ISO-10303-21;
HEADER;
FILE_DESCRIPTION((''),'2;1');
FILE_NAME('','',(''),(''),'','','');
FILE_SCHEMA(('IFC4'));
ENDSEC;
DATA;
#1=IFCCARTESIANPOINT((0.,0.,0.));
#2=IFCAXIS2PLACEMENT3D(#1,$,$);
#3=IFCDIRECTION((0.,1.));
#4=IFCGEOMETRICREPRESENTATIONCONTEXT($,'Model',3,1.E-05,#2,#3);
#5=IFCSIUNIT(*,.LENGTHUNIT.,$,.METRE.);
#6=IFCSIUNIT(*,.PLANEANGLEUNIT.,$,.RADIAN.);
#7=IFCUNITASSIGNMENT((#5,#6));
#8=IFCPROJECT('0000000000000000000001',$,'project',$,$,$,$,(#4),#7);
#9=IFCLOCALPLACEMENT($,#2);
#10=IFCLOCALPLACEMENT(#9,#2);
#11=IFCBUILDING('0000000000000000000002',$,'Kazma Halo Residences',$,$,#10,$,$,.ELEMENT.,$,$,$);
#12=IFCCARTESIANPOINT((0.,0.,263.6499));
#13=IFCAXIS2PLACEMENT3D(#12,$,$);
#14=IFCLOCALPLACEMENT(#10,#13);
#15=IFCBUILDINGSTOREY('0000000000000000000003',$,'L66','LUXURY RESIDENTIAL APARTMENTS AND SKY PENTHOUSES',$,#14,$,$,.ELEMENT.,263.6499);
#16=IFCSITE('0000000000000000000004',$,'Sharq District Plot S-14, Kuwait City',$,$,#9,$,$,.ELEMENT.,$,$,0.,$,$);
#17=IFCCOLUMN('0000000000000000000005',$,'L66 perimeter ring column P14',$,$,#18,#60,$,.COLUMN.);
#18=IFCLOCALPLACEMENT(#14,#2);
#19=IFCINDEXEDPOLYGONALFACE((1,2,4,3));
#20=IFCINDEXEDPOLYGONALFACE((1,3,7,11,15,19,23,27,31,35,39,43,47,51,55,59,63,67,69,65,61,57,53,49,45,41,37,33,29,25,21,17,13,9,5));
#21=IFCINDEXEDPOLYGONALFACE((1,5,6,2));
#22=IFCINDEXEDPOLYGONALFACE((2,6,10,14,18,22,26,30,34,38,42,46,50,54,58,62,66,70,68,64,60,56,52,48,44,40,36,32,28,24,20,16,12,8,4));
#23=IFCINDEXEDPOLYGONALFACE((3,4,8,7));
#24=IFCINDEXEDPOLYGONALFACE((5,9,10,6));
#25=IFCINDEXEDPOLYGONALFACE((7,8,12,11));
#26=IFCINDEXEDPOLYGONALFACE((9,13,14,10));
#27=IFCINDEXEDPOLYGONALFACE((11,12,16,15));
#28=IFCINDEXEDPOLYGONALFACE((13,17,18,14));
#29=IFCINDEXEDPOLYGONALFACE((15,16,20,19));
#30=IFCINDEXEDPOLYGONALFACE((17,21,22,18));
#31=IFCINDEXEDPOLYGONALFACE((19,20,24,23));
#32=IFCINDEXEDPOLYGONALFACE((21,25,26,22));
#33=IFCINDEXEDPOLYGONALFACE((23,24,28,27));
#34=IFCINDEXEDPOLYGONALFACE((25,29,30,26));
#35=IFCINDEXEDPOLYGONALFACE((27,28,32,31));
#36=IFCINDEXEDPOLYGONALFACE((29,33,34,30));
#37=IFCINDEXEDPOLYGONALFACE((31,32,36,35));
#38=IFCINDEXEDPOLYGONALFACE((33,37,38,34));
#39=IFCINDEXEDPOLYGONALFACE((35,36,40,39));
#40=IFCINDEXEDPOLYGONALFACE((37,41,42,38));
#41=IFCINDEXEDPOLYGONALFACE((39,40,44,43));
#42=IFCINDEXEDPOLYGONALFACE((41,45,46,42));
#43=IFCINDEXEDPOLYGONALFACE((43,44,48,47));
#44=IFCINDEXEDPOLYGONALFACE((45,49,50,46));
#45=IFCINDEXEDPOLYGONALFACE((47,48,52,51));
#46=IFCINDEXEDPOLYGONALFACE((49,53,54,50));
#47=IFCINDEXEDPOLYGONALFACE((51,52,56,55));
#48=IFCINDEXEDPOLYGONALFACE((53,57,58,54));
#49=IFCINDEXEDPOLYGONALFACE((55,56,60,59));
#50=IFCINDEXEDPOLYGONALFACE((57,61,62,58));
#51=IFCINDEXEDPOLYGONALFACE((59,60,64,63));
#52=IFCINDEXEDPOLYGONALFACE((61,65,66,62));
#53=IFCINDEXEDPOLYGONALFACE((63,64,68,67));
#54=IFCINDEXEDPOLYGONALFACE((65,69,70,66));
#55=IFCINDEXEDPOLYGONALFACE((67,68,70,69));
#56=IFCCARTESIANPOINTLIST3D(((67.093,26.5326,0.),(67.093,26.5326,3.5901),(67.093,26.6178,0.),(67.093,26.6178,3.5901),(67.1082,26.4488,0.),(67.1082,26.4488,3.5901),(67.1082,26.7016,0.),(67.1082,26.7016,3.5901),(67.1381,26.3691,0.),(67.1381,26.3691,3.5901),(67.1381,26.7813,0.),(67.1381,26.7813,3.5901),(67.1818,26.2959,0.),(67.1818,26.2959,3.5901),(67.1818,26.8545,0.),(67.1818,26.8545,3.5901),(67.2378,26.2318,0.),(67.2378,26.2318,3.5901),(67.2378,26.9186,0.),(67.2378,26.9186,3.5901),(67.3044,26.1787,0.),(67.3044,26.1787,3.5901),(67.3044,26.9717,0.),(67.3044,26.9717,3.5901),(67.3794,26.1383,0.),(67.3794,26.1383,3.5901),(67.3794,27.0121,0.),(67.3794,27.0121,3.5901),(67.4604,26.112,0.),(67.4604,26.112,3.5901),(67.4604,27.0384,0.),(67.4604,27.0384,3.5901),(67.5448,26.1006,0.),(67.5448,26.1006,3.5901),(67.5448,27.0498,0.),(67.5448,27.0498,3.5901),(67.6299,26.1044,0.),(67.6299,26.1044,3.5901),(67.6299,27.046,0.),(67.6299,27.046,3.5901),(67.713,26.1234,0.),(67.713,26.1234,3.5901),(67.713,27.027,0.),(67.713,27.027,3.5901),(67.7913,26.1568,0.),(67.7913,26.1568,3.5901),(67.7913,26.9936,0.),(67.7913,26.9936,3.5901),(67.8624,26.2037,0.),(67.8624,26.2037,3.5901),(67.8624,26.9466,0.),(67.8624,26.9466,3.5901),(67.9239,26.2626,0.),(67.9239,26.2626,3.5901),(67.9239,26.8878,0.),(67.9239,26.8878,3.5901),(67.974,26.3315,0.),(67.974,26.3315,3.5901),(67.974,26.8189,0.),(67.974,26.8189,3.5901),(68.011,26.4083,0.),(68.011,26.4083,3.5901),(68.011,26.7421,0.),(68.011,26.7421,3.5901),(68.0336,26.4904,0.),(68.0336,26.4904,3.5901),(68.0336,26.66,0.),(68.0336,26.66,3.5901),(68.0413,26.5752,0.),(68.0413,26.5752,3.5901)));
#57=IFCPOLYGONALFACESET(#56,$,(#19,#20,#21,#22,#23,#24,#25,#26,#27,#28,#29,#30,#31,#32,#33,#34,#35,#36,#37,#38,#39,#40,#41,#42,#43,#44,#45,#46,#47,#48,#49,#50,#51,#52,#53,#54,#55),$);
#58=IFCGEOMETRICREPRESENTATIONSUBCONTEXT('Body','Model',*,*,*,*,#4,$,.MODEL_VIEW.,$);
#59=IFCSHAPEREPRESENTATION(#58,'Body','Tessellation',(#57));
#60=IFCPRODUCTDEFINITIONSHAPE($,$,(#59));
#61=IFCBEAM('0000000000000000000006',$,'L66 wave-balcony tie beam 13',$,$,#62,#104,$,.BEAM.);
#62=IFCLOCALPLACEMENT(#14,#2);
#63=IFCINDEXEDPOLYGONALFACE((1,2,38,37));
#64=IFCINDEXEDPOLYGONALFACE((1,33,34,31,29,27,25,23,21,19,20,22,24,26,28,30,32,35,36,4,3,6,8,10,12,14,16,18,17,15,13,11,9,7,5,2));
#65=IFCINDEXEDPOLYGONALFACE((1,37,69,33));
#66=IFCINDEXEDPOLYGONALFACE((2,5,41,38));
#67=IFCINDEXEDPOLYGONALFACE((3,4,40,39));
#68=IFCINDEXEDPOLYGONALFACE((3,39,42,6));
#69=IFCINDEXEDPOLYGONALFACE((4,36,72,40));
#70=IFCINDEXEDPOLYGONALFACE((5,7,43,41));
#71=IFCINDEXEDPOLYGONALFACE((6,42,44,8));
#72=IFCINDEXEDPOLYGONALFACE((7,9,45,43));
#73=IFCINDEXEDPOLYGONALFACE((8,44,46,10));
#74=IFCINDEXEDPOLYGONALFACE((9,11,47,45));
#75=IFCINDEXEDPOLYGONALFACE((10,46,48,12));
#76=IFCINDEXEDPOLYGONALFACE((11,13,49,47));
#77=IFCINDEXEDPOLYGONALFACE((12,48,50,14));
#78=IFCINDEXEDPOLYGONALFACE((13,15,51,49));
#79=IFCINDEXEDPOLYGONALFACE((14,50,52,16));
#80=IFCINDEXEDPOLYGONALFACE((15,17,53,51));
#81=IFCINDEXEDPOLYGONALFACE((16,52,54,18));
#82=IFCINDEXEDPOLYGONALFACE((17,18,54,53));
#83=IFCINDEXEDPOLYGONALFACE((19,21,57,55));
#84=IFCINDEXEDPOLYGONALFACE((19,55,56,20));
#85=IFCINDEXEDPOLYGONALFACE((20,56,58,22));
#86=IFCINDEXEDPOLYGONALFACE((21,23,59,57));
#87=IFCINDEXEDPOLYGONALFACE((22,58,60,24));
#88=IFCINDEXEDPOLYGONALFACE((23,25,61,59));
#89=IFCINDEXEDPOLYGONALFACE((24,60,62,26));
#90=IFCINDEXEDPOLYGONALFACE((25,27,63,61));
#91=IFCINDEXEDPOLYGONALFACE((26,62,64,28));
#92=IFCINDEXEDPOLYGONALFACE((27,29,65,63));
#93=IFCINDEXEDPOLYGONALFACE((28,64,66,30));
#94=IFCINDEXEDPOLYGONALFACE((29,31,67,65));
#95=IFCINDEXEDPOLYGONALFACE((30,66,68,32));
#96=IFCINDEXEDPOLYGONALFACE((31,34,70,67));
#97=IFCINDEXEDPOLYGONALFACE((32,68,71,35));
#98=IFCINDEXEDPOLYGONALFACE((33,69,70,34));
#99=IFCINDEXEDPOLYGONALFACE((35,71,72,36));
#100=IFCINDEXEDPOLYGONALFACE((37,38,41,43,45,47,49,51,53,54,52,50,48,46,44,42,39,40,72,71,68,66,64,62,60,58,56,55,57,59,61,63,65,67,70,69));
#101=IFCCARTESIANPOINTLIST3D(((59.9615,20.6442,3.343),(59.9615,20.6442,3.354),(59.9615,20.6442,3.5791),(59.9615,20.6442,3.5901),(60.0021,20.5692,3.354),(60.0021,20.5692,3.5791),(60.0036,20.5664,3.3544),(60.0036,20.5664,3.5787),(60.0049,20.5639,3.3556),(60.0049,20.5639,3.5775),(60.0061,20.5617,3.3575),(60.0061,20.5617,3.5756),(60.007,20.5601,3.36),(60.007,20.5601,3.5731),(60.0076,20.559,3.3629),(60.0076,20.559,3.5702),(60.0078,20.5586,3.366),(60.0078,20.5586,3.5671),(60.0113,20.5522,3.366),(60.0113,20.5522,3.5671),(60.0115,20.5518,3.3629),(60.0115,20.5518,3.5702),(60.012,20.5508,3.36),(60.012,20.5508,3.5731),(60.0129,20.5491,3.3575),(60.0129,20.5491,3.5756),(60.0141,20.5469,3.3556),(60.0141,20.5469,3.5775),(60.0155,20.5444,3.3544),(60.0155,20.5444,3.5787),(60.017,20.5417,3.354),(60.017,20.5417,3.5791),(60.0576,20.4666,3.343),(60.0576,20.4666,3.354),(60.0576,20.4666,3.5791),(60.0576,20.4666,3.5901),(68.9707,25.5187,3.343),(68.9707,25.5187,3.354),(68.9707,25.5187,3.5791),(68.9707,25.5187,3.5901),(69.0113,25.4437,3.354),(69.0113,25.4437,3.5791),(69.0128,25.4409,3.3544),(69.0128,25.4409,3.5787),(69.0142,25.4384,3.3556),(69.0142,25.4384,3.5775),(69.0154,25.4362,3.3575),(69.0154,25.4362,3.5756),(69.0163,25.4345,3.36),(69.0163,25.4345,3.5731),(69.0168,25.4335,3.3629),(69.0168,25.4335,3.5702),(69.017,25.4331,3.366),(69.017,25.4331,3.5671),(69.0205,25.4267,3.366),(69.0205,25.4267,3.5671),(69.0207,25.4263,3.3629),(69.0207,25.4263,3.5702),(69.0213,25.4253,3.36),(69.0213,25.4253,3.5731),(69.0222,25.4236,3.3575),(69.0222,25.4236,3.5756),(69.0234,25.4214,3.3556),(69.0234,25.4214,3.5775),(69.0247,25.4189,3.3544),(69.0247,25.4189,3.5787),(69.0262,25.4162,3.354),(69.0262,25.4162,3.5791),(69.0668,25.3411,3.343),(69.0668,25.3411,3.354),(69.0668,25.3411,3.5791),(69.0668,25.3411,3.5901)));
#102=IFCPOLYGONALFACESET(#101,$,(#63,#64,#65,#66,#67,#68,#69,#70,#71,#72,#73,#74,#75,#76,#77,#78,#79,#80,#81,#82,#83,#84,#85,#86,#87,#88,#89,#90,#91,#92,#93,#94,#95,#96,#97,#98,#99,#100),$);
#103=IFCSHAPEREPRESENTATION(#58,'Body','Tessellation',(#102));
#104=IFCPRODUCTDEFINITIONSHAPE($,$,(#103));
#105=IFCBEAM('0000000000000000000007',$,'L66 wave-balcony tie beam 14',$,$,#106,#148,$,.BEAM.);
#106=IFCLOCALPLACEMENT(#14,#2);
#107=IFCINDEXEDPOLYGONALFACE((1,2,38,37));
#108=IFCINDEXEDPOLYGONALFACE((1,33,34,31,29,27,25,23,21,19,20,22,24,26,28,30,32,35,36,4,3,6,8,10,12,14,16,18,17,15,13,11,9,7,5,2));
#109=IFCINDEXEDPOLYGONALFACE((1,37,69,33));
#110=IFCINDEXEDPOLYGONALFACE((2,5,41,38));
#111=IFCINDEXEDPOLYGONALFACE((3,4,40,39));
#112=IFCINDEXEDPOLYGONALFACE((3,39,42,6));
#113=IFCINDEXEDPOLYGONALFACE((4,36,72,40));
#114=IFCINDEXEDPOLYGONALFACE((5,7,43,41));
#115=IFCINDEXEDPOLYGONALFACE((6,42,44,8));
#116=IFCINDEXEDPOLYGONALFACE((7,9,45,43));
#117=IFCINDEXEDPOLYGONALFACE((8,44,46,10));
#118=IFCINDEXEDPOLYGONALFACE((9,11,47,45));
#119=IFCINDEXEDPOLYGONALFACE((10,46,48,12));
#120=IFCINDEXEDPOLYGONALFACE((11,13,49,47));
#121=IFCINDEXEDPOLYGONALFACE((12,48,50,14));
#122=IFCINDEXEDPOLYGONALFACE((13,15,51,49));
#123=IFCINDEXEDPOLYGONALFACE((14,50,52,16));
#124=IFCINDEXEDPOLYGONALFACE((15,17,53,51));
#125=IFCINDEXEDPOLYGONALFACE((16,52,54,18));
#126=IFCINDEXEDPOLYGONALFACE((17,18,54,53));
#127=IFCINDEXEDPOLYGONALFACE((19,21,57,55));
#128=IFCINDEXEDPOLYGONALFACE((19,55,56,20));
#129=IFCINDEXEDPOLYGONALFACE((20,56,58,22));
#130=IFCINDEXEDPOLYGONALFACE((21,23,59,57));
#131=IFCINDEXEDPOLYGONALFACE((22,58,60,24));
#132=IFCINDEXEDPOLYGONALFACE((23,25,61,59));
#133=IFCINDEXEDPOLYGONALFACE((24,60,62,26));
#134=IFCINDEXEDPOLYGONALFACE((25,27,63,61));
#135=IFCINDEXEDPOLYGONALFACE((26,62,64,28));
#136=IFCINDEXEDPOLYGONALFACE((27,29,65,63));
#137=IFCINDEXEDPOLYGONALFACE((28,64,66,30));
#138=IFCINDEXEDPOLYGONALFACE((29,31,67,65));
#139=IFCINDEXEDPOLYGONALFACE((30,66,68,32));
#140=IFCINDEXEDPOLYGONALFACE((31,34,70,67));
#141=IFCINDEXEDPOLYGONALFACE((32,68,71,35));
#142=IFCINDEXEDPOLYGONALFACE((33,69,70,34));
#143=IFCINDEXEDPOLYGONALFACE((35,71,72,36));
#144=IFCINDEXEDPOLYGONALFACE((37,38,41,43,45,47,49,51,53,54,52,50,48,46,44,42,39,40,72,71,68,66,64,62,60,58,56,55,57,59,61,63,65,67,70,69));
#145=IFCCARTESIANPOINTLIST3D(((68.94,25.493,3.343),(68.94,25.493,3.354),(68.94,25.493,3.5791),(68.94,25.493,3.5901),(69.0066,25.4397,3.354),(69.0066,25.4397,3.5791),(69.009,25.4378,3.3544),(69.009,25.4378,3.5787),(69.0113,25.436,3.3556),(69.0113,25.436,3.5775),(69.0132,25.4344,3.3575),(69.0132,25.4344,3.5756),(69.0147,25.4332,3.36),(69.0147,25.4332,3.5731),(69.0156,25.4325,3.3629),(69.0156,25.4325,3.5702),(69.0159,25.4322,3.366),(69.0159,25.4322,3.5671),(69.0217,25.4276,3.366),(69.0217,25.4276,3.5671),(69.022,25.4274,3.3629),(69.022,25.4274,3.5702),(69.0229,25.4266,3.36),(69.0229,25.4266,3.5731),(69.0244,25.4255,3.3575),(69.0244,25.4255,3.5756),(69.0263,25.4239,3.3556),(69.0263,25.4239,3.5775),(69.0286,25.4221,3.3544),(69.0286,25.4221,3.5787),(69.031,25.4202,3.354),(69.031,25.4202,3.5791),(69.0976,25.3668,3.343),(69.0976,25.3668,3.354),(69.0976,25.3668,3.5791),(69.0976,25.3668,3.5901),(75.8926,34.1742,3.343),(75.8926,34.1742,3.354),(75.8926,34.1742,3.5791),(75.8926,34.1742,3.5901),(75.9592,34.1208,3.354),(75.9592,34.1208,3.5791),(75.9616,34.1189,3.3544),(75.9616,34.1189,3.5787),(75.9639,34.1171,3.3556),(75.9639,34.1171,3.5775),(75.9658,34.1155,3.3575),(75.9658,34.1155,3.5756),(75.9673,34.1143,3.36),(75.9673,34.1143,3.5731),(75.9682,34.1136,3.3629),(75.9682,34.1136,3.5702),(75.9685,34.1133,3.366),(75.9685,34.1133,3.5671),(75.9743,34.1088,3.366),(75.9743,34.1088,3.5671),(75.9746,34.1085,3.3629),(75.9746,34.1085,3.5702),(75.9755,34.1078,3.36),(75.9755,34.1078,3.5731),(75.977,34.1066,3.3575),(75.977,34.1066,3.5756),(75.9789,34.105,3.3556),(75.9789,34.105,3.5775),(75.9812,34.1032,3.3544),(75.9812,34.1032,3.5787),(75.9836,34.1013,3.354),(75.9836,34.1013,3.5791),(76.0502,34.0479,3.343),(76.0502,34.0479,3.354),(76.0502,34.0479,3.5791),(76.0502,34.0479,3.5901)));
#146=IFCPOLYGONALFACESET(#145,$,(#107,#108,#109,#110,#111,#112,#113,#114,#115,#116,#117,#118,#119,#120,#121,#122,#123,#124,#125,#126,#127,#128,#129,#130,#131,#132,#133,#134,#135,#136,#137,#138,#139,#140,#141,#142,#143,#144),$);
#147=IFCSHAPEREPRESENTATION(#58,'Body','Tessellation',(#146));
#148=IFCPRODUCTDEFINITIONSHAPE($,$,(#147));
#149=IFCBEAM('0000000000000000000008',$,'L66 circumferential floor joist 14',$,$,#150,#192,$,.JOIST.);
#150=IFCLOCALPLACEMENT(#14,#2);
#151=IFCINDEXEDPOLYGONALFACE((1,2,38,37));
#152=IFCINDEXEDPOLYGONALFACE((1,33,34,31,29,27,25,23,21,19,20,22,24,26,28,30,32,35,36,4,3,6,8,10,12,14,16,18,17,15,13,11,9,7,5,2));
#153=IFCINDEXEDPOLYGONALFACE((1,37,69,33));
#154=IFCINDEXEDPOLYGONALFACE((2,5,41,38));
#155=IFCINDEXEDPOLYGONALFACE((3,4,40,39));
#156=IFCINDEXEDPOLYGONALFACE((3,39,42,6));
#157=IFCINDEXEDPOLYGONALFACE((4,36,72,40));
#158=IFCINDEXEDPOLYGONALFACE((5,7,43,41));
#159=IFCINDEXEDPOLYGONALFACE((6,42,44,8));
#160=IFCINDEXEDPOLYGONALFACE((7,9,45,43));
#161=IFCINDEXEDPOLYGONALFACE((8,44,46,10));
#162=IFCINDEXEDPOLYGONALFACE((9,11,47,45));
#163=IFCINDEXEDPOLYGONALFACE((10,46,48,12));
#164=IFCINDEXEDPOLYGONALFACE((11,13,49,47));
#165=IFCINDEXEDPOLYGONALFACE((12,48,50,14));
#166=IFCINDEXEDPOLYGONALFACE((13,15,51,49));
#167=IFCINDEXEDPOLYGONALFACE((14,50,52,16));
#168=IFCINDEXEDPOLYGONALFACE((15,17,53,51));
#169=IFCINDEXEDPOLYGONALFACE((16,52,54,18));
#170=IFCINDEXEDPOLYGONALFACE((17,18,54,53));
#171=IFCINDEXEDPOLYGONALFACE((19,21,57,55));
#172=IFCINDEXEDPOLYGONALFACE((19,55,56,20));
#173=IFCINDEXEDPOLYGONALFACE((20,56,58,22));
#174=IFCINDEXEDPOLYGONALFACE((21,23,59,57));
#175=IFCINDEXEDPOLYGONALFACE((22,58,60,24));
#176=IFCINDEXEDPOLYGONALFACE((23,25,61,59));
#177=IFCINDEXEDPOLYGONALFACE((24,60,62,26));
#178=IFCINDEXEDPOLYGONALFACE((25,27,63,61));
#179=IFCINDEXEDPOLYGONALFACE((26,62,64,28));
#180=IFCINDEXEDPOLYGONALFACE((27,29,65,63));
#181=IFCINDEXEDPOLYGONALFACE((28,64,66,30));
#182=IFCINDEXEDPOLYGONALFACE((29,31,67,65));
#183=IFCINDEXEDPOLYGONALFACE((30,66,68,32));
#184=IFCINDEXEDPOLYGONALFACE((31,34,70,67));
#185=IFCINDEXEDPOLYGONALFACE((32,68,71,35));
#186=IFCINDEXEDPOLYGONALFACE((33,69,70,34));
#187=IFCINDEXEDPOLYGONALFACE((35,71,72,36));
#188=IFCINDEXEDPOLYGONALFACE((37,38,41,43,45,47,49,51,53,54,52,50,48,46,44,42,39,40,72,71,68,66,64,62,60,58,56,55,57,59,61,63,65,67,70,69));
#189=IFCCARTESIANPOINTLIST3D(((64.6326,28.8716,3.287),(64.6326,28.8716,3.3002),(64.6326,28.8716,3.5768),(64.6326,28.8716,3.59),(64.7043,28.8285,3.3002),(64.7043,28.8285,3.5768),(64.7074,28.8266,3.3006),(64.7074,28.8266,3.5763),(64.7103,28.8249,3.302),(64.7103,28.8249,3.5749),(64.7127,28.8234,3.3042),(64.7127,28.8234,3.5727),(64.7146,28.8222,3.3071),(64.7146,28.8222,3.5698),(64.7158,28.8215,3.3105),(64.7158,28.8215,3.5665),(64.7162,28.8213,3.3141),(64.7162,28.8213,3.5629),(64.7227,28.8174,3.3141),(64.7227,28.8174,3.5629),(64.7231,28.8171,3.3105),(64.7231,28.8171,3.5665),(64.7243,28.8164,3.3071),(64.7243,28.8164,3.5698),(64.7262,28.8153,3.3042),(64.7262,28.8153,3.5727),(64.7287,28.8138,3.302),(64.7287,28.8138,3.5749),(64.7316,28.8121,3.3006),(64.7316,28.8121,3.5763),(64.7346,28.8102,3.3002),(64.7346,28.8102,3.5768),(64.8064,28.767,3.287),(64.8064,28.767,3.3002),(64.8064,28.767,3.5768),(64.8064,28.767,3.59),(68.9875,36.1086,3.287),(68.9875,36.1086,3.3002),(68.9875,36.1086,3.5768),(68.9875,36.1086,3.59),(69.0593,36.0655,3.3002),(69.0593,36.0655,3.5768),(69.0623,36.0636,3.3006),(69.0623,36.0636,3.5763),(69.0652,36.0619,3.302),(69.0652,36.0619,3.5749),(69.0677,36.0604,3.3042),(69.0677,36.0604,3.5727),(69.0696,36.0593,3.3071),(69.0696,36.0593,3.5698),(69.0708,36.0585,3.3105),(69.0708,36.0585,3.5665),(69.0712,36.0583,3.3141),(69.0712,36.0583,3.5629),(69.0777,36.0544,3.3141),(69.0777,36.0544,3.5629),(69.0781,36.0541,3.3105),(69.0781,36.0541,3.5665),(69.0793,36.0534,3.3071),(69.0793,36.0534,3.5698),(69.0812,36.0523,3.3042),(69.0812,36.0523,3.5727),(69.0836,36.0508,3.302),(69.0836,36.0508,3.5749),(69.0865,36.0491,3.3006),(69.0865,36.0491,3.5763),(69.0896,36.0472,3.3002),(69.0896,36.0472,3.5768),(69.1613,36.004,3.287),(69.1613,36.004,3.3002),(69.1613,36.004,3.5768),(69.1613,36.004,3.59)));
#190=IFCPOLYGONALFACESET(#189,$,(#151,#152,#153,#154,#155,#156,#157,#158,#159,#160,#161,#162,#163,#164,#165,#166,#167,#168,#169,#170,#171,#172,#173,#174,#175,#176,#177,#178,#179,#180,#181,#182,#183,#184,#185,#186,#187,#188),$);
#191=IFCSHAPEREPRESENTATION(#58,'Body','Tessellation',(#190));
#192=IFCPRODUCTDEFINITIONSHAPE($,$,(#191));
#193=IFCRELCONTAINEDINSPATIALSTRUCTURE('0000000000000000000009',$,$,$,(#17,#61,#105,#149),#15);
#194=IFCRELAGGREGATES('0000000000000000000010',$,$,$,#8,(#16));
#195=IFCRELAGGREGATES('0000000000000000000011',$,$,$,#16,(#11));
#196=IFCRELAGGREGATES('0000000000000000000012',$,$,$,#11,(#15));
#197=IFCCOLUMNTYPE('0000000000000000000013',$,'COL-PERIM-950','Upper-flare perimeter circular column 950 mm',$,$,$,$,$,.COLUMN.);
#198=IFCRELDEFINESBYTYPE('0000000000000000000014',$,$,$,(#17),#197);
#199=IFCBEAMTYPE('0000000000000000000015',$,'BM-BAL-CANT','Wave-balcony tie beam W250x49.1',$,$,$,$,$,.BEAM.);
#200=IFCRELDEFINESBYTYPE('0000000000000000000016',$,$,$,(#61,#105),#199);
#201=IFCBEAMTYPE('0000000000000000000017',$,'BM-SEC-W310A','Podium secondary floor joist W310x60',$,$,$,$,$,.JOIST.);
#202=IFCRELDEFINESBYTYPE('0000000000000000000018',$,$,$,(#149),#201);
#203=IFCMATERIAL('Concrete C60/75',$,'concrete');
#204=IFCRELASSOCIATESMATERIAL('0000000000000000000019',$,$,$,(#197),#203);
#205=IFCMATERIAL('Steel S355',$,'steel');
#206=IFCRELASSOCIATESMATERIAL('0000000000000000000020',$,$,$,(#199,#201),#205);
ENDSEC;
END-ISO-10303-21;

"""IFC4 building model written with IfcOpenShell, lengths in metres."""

from ifc_helpers import new_model, si_unit, direction, frame, origin, origin_2d, place, context, subcontext, project, spatial, circle, i_section, extrude, material, material_profile, profile_set, type_object, element, save


model = new_model("IFC4")

# Units and contexts
model_context = context("Model", 3, precision=1e-05, world=origin(), true_north=direction((0.0, 1.0)))
body_context = subcontext(model_context, "Body", "Model", "MODEL_VIEW")
ifc_project = project(units=[si_unit("LENGTHUNIT", "METRE"), si_unit("PLANEANGLEUNIT", "RADIAN")], contexts=[model_context])

# Site, building, storey
site_placement = place(None, origin())
site = spatial("IfcSite", under=ifc_project, at=site_placement, Name="Sharq District Plot S-14, Kuwait City", CompositionType="ELEMENT", RefElevation=0.0)
building_placement = place(site_placement, origin())
building = spatial("IfcBuilding", under=site, at=building_placement, Name="Kazma Halo Residences", CompositionType="ELEMENT")
storey_placement = place(building_placement, frame((0.0, 0.0, 263.6499)))
storey = spatial("IfcBuildingStorey", under=building, at=storey_placement, Name="L66", Description="LUXURY RESIDENTIAL APARTMENTS AND SKY PENTHOUSES", CompositionType="ELEMENT", Elevation=263.6499)

# Column
ifc_material_1 = material(Name="Concrete C60/75", Category="concrete")
ifc_material_profile_1 = material_profile(ifc_material_1, circle(Radius=0.4751, at=origin_2d()), Name="CIRC950")
ifc_profile_set_1 = profile_set([ifc_material_profile_1], Name="Concrete C60/75")
column_type = type_object("IfcColumnType", Name="COL-PERIM-950", Description="Upper-flare perimeter circular column 950 mm", PredefinedType="COLUMN", material=ifc_profile_set_1)
column_placement = place(storey_placement, frame((67.5662, 26.5752, 0.0), z_axis=(0.0, 0.0, 1.0), x_axis=(1.0, 0.0, 0.0)))
element("IfcColumn", 1, at=column_placement, inside=storey, type_object=column_type, Name="L66 perimeter ring column P14", PredefinedType="COLUMN", context=body_context, shape_type="SweptSolid", body=[
    extrude(circle(Radius=0.4751, at=origin_2d()), origin(), (0.0, 0.0, 1.0), 3.5901),
])

# Beams
ifc_material_2 = material(Name="Steel S355", Category="steel")
ifc_material_profile_2 = material_profile(ifc_material_2, i_section(OverallWidth=0.2019, OverallDepth=0.2471, WebThickness=0.0073, FlangeThickness=0.011, FilletRadius=0.012, at=origin_2d()), Name="W250x49.1")
ifc_profile_set_2 = profile_set([ifc_material_profile_2], Name="Steel S355")
beam_type_1 = type_object("IfcBeamType", Name="BM-BAL-CANT", Description="Wave-balcony tie beam W250x49.1", PredefinedType="BEAM", material=ifc_profile_set_2)
beam_1_placement = place(storey_placement, frame((60.0095, 20.5554, 3.4666), z_axis=(0.879517, 0.475867, 0.0), x_axis=(-0.475867, 0.879517, 0.0)))
element("IfcBeam", 2, at=beam_1_placement, inside=storey, type_object=beam_type_1, Name="L66 wave-balcony tie beam 13", PredefinedType="BEAM", context=body_context, shape_type="SweptSolid", body=[
    extrude(i_section(OverallWidth=0.2019, OverallDepth=0.2471, WebThickness=0.0073, FlangeThickness=0.011, FilletRadius=0.012, at=origin_2d()), origin(), (0.0, 0.0, 1.0), 10.2434),
])
beam_2_placement = place(storey_placement, frame((69.0188, 25.4299, 3.4666), z_axis=(0.625118, 0.78053, 0.0), x_axis=(-0.78053, 0.625118, 0.0)))
element("IfcBeam", 3, at=beam_2_placement, inside=storey, type_object=beam_type_1, Name="L66 wave-balcony tie beam 14", PredefinedType="BEAM", context=body_context, shape_type="SweptSolid", body=[
    extrude(i_section(OverallWidth=0.2019, OverallDepth=0.2471, WebThickness=0.0073, FlangeThickness=0.011, FilletRadius=0.012, at=origin_2d()), origin(), (0.0, 0.0, 1.0), 11.1221),
])
ifc_material_profile_3 = material_profile(ifc_material_2, i_section(OverallWidth=0.2029, OverallDepth=0.303, WebThickness=0.0076, FlangeThickness=0.0132, FilletRadius=0.0139, at=origin_2d()), Name="W310x60")
ifc_profile_set_3 = profile_set([ifc_material_profile_3], Name="Steel S355")
beam_type_2 = type_object("IfcBeamType", Name="BM-SEC-W310A", Description="Podium secondary floor joist W310x60", PredefinedType="JOIST", material=ifc_profile_set_3)
beam_3_placement = place(storey_placement, frame((64.7195, 28.8193, 3.4385), z_axis=(0.515605, 0.856827, 0.0), x_axis=(-0.856827, 0.515605, 0.0)))
element("IfcBeam", 4, at=beam_3_placement, inside=storey, type_object=beam_type_2, Name="L66 circumferential floor joist 14", PredefinedType="JOIST", context=body_context, shape_type="SweptSolid", body=[
    extrude(i_section(OverallWidth=0.2029, OverallDepth=0.303, WebThickness=0.0076, FlangeThickness=0.0132, FilletRadius=0.0139, at=origin_2d()), origin(), (0.0, 0.0, 1.0), 8.4463),
])

save(model, "model.ifc")
